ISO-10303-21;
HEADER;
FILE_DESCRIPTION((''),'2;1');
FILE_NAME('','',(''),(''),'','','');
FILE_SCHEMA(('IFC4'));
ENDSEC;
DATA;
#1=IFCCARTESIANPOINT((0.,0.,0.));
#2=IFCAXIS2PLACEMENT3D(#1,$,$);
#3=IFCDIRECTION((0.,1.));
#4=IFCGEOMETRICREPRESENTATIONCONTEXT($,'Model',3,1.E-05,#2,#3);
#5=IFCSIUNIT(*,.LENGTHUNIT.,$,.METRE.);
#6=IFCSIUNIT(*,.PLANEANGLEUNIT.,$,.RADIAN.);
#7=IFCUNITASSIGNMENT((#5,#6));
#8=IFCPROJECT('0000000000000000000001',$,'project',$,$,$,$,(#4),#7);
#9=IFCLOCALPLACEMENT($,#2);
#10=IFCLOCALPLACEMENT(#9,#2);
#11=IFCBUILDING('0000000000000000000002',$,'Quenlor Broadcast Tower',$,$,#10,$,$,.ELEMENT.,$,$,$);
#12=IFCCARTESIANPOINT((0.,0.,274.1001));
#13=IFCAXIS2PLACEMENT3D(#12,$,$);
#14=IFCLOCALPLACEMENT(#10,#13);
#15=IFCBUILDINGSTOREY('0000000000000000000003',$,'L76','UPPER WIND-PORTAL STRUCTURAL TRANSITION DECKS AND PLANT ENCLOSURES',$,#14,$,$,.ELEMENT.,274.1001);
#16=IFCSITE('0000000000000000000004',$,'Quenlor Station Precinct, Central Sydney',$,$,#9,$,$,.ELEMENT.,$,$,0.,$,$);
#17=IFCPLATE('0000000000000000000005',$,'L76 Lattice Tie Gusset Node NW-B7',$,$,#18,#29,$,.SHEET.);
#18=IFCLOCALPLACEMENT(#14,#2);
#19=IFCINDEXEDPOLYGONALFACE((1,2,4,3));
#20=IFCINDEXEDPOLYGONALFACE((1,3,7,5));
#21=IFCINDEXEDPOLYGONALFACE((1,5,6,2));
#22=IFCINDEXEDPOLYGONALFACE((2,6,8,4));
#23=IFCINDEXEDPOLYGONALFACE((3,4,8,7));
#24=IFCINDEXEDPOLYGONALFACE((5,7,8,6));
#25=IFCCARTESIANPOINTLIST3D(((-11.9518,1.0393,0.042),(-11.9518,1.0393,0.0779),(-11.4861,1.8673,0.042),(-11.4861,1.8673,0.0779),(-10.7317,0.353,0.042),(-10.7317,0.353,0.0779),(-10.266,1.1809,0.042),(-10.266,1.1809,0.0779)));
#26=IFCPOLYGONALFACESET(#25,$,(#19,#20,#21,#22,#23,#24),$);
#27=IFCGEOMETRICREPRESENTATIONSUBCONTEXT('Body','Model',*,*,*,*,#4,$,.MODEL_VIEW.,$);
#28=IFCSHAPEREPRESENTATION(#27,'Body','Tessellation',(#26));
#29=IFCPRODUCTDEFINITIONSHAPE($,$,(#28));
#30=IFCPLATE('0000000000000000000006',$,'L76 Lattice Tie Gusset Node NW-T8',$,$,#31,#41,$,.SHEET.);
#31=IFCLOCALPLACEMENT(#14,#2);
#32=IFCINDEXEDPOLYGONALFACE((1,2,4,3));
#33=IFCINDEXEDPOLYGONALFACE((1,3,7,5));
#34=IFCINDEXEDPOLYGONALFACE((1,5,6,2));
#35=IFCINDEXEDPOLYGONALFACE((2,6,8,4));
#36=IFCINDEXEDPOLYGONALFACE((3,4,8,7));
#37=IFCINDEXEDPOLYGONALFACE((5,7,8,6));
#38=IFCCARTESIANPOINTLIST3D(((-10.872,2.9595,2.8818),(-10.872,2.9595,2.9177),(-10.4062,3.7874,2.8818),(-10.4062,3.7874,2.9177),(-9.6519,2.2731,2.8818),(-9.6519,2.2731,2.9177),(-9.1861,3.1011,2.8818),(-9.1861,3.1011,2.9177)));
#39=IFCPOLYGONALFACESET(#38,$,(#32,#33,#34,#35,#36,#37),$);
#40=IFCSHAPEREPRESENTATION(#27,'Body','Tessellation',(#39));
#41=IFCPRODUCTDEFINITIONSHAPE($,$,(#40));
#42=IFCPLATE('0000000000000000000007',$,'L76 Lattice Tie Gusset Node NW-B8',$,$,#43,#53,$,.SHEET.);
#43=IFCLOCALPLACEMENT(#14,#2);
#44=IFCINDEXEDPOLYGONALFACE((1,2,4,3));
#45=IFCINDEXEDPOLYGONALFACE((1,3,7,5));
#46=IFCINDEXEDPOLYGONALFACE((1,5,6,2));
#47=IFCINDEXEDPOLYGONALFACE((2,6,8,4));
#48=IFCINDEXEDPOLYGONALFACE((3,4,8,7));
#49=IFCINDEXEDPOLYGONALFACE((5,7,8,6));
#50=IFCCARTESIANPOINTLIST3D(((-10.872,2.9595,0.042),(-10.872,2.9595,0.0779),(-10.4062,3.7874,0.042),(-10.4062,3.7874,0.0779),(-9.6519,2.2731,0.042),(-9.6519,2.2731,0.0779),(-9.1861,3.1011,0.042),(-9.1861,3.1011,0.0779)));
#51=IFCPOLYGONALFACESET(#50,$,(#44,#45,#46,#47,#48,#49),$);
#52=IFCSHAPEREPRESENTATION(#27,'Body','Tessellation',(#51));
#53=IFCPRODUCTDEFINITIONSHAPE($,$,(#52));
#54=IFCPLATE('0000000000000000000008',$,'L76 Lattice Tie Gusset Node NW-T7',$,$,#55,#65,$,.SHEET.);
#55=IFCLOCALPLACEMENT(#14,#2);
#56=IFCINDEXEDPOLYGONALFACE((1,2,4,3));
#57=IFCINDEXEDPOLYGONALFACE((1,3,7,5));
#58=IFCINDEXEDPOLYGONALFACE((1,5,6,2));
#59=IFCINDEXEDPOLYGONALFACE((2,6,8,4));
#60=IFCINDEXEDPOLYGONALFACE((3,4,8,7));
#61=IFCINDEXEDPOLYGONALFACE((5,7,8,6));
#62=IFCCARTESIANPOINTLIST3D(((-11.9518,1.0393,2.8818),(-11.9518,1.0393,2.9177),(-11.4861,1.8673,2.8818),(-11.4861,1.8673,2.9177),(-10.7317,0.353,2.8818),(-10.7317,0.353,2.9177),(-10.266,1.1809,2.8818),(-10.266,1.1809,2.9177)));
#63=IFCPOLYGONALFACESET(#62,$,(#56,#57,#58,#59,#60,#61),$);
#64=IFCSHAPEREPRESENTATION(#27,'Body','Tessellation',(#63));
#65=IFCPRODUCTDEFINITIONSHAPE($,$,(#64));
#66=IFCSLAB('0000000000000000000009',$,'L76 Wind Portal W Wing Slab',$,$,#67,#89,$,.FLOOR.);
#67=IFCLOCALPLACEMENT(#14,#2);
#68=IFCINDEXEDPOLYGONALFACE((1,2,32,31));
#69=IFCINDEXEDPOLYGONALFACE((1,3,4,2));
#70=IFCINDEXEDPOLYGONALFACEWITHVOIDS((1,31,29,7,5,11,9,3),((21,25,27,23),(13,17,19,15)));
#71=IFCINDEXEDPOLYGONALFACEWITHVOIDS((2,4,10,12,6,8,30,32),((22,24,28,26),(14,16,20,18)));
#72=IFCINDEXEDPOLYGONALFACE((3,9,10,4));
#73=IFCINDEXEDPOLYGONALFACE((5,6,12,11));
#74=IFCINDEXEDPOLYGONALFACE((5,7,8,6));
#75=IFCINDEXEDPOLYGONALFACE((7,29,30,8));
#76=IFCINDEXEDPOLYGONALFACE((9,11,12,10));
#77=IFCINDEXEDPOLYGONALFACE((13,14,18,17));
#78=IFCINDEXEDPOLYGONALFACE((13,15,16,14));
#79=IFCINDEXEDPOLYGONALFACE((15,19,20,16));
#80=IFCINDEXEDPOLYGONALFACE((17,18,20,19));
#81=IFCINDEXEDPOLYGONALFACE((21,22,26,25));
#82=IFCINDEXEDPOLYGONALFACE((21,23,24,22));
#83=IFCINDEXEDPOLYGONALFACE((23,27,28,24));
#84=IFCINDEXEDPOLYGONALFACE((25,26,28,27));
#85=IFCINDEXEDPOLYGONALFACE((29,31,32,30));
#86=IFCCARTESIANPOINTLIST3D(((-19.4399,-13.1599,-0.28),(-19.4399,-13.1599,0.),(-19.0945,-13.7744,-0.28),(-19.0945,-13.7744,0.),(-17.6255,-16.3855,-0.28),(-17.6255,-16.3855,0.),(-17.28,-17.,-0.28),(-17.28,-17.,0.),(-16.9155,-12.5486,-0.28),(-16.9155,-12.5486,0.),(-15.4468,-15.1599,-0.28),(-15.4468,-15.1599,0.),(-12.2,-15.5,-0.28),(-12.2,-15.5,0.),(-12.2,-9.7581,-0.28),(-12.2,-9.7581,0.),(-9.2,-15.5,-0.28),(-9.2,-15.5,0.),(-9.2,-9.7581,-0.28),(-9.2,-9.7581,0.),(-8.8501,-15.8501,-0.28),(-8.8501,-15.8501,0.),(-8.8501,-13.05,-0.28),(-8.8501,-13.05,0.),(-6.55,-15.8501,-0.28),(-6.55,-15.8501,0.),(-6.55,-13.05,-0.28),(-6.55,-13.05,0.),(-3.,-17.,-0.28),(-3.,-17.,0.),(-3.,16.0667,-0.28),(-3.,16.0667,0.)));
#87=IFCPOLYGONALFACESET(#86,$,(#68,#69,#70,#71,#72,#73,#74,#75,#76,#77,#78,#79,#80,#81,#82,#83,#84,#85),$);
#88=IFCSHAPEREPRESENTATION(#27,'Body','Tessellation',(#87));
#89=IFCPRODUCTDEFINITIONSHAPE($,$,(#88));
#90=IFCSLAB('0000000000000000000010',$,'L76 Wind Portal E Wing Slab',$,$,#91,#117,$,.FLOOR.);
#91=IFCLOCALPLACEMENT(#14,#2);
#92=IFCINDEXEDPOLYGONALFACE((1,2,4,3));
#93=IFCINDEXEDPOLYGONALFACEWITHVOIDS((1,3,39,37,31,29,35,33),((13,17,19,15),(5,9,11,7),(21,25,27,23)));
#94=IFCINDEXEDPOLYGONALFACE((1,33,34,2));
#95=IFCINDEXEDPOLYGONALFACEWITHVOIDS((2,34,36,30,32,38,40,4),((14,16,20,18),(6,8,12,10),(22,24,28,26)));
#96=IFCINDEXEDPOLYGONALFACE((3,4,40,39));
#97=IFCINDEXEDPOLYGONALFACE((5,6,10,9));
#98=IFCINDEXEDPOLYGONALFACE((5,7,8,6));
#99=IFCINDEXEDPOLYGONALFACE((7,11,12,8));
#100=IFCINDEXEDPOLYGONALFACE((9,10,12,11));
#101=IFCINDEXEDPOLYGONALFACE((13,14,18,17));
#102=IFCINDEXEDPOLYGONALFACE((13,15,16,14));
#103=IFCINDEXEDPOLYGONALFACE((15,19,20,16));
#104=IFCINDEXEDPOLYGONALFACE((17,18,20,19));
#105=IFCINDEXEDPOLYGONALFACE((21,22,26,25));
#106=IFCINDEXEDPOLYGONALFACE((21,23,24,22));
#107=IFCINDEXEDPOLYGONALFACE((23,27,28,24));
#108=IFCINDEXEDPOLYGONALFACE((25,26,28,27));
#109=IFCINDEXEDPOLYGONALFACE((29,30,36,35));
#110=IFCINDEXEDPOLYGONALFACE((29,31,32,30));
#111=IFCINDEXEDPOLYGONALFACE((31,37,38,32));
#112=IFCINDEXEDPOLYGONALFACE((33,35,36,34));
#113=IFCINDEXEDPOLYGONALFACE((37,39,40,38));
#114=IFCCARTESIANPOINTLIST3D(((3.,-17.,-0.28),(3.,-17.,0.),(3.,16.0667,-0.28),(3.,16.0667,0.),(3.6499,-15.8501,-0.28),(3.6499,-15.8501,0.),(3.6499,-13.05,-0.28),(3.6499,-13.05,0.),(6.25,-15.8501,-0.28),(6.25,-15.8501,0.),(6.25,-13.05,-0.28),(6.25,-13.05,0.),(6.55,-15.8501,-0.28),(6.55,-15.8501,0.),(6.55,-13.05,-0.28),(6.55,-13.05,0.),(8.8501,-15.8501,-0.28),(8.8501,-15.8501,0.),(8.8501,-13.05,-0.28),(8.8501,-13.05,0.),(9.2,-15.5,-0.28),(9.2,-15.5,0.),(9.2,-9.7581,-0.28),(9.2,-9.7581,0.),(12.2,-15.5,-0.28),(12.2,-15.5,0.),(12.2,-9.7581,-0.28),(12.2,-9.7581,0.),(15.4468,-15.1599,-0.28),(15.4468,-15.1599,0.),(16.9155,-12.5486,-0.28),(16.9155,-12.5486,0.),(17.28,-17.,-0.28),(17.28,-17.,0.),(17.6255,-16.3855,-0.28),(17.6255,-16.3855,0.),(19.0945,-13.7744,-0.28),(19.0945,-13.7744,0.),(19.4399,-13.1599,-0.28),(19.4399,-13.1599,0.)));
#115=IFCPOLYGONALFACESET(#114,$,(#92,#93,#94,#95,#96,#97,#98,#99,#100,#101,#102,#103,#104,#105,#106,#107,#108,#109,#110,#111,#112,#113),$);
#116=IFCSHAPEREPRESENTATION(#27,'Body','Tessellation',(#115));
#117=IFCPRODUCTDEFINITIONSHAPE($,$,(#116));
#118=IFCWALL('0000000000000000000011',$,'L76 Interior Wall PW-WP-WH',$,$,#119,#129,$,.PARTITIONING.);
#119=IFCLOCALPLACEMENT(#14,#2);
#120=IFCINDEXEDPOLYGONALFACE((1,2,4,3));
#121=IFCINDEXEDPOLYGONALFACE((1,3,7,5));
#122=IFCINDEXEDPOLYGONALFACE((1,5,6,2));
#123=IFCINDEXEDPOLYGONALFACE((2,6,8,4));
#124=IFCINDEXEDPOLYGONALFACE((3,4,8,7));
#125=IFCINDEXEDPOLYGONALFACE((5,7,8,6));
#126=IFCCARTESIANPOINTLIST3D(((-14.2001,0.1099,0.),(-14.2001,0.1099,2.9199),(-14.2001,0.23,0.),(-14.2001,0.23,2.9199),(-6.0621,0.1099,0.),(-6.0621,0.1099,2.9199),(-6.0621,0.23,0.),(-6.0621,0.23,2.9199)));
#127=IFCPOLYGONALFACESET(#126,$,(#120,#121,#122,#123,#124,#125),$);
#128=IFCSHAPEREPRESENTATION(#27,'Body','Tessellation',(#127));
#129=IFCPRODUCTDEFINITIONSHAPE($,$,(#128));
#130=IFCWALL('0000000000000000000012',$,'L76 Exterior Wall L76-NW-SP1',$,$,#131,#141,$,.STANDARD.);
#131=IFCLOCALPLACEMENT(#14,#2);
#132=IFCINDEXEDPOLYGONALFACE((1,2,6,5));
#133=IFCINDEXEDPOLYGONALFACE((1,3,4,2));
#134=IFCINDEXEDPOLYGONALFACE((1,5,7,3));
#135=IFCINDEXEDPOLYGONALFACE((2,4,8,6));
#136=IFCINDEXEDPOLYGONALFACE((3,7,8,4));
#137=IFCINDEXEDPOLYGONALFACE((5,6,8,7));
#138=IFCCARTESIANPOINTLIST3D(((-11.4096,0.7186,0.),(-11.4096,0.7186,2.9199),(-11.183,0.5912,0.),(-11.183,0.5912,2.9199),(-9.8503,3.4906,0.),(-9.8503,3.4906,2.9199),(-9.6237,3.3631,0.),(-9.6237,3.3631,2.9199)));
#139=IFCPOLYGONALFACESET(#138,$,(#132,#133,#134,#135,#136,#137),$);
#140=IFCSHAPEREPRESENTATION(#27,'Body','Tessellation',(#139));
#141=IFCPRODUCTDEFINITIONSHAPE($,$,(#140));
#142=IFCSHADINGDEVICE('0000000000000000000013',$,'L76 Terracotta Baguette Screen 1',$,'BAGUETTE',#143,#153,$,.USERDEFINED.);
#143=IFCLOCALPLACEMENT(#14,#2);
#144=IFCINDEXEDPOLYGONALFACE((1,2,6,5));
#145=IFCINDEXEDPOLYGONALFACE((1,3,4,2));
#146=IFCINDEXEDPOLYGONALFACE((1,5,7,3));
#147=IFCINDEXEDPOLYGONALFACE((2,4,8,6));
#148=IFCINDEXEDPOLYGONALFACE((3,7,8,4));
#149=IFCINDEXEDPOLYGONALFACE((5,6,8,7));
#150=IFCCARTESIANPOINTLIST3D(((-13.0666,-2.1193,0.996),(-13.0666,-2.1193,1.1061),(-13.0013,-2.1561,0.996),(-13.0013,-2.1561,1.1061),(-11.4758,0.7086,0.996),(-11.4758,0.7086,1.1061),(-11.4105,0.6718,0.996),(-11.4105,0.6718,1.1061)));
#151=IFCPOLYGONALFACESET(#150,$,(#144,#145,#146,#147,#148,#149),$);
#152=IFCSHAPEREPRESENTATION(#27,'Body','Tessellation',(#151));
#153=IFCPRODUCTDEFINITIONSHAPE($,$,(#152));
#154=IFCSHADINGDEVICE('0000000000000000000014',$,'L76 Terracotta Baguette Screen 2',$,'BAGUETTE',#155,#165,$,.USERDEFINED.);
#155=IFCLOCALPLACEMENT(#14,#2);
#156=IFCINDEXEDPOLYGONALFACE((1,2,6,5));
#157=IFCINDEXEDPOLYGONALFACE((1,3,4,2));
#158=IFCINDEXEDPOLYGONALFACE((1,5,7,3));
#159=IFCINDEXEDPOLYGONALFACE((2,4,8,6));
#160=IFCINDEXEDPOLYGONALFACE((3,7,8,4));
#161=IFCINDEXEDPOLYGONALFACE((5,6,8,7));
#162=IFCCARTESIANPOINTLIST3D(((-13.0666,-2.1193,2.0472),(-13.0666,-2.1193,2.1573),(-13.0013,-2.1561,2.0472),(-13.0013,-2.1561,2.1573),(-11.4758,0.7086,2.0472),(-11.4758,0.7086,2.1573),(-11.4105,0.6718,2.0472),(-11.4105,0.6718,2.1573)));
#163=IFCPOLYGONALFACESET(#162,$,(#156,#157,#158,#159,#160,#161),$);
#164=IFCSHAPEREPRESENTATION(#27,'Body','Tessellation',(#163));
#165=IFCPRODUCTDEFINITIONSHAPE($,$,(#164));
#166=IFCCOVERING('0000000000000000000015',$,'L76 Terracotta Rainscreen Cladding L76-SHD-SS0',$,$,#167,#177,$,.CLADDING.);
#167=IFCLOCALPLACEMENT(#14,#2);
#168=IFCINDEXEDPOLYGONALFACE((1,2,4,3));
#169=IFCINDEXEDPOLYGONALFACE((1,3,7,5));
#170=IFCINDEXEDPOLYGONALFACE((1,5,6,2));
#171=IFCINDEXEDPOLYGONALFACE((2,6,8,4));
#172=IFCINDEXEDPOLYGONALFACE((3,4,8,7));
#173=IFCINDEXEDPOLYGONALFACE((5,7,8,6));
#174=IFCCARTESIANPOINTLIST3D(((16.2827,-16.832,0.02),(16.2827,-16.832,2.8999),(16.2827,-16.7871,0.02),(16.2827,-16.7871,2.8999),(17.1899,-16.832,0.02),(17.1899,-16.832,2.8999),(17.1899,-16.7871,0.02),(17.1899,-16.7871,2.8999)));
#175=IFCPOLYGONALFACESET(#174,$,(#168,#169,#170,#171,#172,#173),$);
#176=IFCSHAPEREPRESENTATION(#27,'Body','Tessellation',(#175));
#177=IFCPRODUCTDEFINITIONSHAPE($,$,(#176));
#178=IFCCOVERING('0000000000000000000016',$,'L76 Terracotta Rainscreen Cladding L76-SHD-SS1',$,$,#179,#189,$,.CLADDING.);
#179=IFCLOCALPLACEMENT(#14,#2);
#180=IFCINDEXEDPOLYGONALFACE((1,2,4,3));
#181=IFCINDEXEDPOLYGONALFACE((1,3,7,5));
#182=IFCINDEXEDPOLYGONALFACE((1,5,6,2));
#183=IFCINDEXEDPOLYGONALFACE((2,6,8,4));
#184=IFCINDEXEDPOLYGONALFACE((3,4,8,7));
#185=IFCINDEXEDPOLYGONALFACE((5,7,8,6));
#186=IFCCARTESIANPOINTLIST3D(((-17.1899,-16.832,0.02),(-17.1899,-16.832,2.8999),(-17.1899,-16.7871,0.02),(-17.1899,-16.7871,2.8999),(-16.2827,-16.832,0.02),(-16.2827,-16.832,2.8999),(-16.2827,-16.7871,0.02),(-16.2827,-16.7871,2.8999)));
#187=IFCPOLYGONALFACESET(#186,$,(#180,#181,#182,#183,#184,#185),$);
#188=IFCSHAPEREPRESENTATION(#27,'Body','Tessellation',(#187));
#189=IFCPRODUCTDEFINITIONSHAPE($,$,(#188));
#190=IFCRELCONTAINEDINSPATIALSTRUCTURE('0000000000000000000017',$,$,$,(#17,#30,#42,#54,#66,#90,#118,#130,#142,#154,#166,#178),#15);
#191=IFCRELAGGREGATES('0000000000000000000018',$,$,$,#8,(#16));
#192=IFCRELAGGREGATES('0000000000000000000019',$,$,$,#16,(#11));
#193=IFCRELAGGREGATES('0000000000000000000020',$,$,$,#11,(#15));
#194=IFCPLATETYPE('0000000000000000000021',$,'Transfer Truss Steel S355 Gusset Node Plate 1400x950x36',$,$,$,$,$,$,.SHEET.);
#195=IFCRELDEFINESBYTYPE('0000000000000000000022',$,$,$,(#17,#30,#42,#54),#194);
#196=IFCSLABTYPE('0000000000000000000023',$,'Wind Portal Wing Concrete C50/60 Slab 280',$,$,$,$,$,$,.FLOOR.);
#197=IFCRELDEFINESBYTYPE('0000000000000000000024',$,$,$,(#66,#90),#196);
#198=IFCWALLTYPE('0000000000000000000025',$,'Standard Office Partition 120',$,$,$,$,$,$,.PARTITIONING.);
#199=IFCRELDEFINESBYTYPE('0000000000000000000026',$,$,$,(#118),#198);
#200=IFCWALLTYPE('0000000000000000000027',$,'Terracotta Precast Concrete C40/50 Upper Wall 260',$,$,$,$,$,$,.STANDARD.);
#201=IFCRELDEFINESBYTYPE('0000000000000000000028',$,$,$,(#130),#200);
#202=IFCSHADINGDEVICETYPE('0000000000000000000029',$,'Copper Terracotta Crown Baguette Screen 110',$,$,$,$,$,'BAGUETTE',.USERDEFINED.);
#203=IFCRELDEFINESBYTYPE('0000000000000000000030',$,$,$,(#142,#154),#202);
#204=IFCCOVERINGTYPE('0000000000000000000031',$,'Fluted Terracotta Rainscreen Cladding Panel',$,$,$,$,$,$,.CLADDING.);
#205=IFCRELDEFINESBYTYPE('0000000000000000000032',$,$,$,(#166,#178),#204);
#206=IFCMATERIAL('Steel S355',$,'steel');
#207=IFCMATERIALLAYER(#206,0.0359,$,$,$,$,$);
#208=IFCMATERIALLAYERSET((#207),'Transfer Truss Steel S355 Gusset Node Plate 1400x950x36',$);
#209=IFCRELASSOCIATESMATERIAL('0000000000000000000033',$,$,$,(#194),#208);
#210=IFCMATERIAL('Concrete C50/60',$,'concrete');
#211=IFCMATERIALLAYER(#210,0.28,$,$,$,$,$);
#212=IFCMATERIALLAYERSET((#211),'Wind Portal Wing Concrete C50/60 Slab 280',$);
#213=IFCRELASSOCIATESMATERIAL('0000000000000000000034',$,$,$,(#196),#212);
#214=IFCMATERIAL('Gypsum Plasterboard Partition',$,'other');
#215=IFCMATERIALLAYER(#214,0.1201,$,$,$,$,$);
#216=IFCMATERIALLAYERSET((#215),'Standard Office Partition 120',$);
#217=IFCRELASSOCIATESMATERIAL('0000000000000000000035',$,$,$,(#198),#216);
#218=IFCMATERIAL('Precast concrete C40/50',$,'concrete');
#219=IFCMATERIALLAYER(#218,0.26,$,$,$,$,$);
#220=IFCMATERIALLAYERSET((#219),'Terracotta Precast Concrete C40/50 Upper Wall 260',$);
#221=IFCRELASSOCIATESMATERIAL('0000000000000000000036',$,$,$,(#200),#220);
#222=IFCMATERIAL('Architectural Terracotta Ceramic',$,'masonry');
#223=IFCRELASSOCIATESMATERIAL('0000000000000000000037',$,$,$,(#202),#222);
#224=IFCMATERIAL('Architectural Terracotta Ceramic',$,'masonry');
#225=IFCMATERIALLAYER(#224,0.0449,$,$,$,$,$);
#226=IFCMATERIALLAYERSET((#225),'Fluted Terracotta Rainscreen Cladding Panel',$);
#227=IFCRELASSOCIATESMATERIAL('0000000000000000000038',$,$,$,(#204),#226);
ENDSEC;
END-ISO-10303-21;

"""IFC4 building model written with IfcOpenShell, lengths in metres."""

from ifc_helpers import new_model, si_unit, direction, frame, frame_2d, origin, origin_2d, place, context, subcontext, project, spatial, polyline, rectangle, outline, extrude, material, layer, layer_set, material_profile, profile_set, type_object, element, save


model = new_model("IFC4")

# Units and contexts
model_context = context("Model", 3, precision=1e-05, world=origin(), true_north=direction((0.0, 1.0)))
body_context = subcontext(model_context, "Body", "Model", "MODEL_VIEW")
ifc_project = project(units=[si_unit("LENGTHUNIT", "METRE"), si_unit("PLANEANGLEUNIT", "RADIAN")], contexts=[model_context])

# Site, building, storey
site_placement = place(None, origin())
site = spatial("IfcSite", under=ifc_project, at=site_placement, Name="Quenlor Station Precinct, Central Sydney", CompositionType="ELEMENT", RefElevation=0.0)
building_placement = place(site_placement, origin())
building = spatial("IfcBuilding", under=site, at=building_placement, Name="Quenlor Broadcast Tower", CompositionType="ELEMENT")
storey_placement = place(building_placement, frame((0.0, 0.0, 274.1001)))
storey = spatial("IfcBuildingStorey", under=building, at=storey_placement, Name="L76", Description="UPPER WIND-PORTAL STRUCTURAL TRANSITION DECKS AND PLANT ENCLOSURES", CompositionType="ELEMENT", Elevation=274.1001)

# Plates
ifc_material_1 = material(Name="Steel S355", Category="steel")
ifc_layer_1 = layer(ifc_material_1, 0.0359)
ifc_layer_set_1 = layer_set([ifc_layer_1], Name="Transfer Truss Steel S355 Gusset Node Plate 1400x950x36")
plate_type_1 = type_object("IfcPlateType", Name="Transfer Truss Steel S355 Gusset Node Plate 1400x950x36", PredefinedType="SHEET", material=ifc_layer_set_1)
for number, where, z_axis, x_axis, name in (
    (1, (-11.1089, 1.1101, 0.042), (0.0, 0.0, 1.0), (-0.871556, 0.490295, 0.0), "L76 Lattice Tie Gusset Node NW-B7"),
    (2, (-10.0291, 3.0303, 2.8818), (0.0, 0.0, 1.0), (-0.871556, 0.490295, 0.0), "L76 Lattice Tie Gusset Node NW-T8"),
    (3, (-10.0291, 3.0303, 0.042), (0.0, 0.0, 1.0), (-0.871556, 0.490295, 0.0), "L76 Lattice Tie Gusset Node NW-B8"),
    (4, (-11.1089, 1.1101, 2.8818), (0.0, 0.0, 1.0), (-0.871556, 0.490295, 0.0), "L76 Lattice Tie Gusset Node NW-T7"),
):
    element("IfcPlate", number, at=place(storey_placement, frame(where, z_axis=z_axis, x_axis=x_axis)), inside=storey, type_object=plate_type_1, Name=name, PredefinedType="SHEET", context=body_context, shape_type="SweptSolid", body=[
        extrude(rectangle(XDim=1.3999, YDim=0.95, at=origin_2d()), origin(), (0.0, 0.0, 1.0), 0.0359),
    ])

# Slabs
ifc_material_2 = material(Name="Concrete C50/60", Category="concrete")
ifc_layer_2 = layer(ifc_material_2, 0.28)
ifc_layer_set_2 = layer_set([ifc_layer_2], Name="Wind Portal Wing Concrete C50/60 Slab 280")
slab_type = type_object("IfcSlabType", Name="Wind Portal Wing Concrete C50/60 Slab 280", PredefinedType="FLOOR", material=ifc_layer_set_2)
slab_1_placement = place(storey_placement, frame((0.0, 0.0, -0.28)))
element("IfcSlab", 5, at=slab_1_placement, inside=storey, type_object=slab_type, Name="L76 Wind Portal W Wing Slab", PredefinedType="FLOOR", context=body_context, shape_type="SweptSolid", body=[
    extrude(outline(polyline([(-17.28, -17.0), (-17.6255, -16.3855), (-15.4468, -15.1599), (-16.9155, -12.5486), (-19.0945, -13.7744), (-19.4399, -13.1599), (-3.0, 16.0667), (-3.0, -17.0), (-17.28, -17.0)]), holes=[polyline([(-12.2, -9.7581), (-12.2, -15.5), (-9.2, -15.5), (-9.2, -9.7581), (-12.2, -9.7581)]), polyline([(-8.8501, -15.8501), (-6.55, -15.8501), (-6.55, -13.05), (-8.8501, -13.05), (-8.8501, -15.8501)])]), origin(), (0.0, 0.0, 1.0), 0.28),
])
slab_2_placement = place(storey_placement, frame((0.0, 0.0, -0.28)))
element("IfcSlab", 6, at=slab_2_placement, inside=storey, type_object=slab_type, Name="L76 Wind Portal E Wing Slab", PredefinedType="FLOOR", context=body_context, shape_type="SweptSolid", body=[
    extrude(outline(polyline([(19.4399, -13.1599), (19.0945, -13.7744), (16.9155, -12.5486), (15.4468, -15.1599), (17.6255, -16.3855), (17.28, -17.0), (3.0, -17.0), (3.0, 16.0667), (19.4399, -13.1599)]), holes=[polyline([(9.2, -9.7581), (9.2, -15.5), (12.2, -15.5), (12.2, -9.7581), (9.2, -9.7581)]), polyline([(6.55, -15.8501), (8.8501, -15.8501), (8.8501, -13.05), (6.55, -13.05), (6.55, -15.8501)]), polyline([(3.6499, -15.8501), (6.25, -15.8501), (6.25, -13.05), (3.6499, -13.05), (3.6499, -15.8501)])]), origin(), (0.0, 0.0, 1.0), 0.28),
])

# Walls
ifc_material_3 = material(Name="Gypsum Plasterboard Partition", Category="other")
ifc_layer_3 = layer(ifc_material_3, 0.1201)
ifc_layer_set_3 = layer_set([ifc_layer_3], Name="Standard Office Partition 120")
wall_type_1 = type_object("IfcWallType", Name="Standard Office Partition 120", PredefinedType="PARTITIONING", material=ifc_layer_set_3)
wall_1_placement = place(storey_placement, frame((-14.2, 0.1699, 0.0), z_axis=(0.0, 0.0, 1.0), x_axis=(1.0, 0.0, 0.0)))
element("IfcWall", 7, at=wall_1_placement, inside=storey, type_object=wall_type_1, Name="L76 Interior Wall PW-WP-WH", PredefinedType="PARTITIONING", context=body_context, shape_type="SweptSolid", body=[
    extrude(rectangle(XDim=8.1379, YDim=0.1201, at=frame_2d((4.0688, 0.0))), origin(), (0.0, 0.0, 1.0), 2.9199),
])
ifc_material_4 = material(Name="Precast concrete C40/50", Category="concrete")
ifc_layer_4 = layer(ifc_material_4, 0.26)
ifc_layer_set_4 = layer_set([ifc_layer_4], Name="Terracotta Precast Concrete C40/50 Upper Wall 260")
wall_type_2 = type_object("IfcWallType", Name="Terracotta Precast Concrete C40/50 Upper Wall 260", PredefinedType="STANDARD", material=ifc_layer_set_4)
wall_2_placement = place(storey_placement, frame((-11.2964, 0.6548, 0.0), z_axis=(0.0, 0.0, 1.0), x_axis=(0.490283, 0.871563, 0.0)))
element("IfcWall", 8, at=wall_2_placement, inside=storey, type_object=wall_type_2, Name="L76 Exterior Wall L76-NW-SP1", PredefinedType="STANDARD", context=body_context, shape_type="SweptSolid", body=[
    extrude(rectangle(XDim=3.1804, YDim=0.26, at=frame_2d((1.5903, 0.0))), origin(), (0.0, 0.0, 1.0), 2.9199),
])

# Shading devices
ifc_material_5 = material(Name="Architectural Terracotta Ceramic", Category="masonry")
ifc_material_profile_1 = material_profile(ifc_material_5, rectangle(XDim=0.075, YDim=0.1101, at=origin_2d()))
ifc_profile_set_1 = profile_set([ifc_material_profile_1], Name="Architectural Terracotta Ceramic BAG75x110")
shading_device_type = type_object("IfcShadingDeviceType", Name="Copper Terracotta Crown Baguette Screen 110", ElementType="BAGUETTE", PredefinedType="USERDEFINED", material=ifc_profile_set_1)
for number, where, z_axis, x_axis, name in (
    (9, (-13.0339, -2.1377, 1.051), (0.490293, 0.871557, 0.0), (-0.871557, 0.490293, 0.0), "L76 Terracotta Baguette Screen 1"),
    (10, (-13.0339, -2.1377, 2.1023), (0.490293, 0.871557, 0.0), (-0.871557, 0.490293, 0.0), "L76 Terracotta Baguette Screen 2"),
):
    element("IfcShadingDevice", number, at=place(storey_placement, frame(where, z_axis=z_axis, x_axis=x_axis)), inside=storey, type_object=shading_device_type, Name=name, ObjectType="BAGUETTE", PredefinedType="USERDEFINED", context=body_context, shape_type="SweptSolid", body=[
        extrude(rectangle(XDim=0.075, YDim=0.1101, at=origin_2d()), origin(), (0.0, 0.0, 1.0), 3.2446),
    ])

# Coverings
ifc_material_6 = material(Name="Architectural Terracotta Ceramic", Category="masonry")
ifc_layer_5 = layer(ifc_material_6, 0.0449)
ifc_layer_set_5 = layer_set([ifc_layer_5], Name="Fluted Terracotta Rainscreen Cladding Panel")
covering_type = type_object("IfcCoveringType", Name="Fluted Terracotta Rainscreen Cladding Panel", PredefinedType="CLADDING", material=ifc_layer_set_5)
covering_1_placement = place(storey_placement, frame((0.0, 0.0, 0.02)))
element("IfcCovering", 11, at=covering_1_placement, inside=storey, type_object=covering_type, Name="L76 Terracotta Rainscreen Cladding L76-SHD-SS0", PredefinedType="CLADDING", context=body_context, shape_type="SweptSolid", body=[
    extrude(outline(polyline([(17.1899, -16.7871), (16.2827, -16.7871), (16.2827, -16.832), (17.1899, -16.832), (17.1899, -16.7871)])), origin(), (0.0, 0.0, 1.0), 2.8799),
])
covering_2_placement = place(storey_placement, frame((0.0, 0.0, 0.02)))
element("IfcCovering", 12, at=covering_2_placement, inside=storey, type_object=covering_type, Name="L76 Terracotta Rainscreen Cladding L76-SHD-SS1", PredefinedType="CLADDING", context=body_context, shape_type="SweptSolid", body=[
    extrude(outline(polyline([(-16.2827, -16.7871), (-17.1899, -16.7871), (-17.1899, -16.832), (-16.2827, -16.832), (-16.2827, -16.7871)])), origin(), (0.0, 0.0, 1.0), 2.8799),
])

save(model, "model.ifc")
